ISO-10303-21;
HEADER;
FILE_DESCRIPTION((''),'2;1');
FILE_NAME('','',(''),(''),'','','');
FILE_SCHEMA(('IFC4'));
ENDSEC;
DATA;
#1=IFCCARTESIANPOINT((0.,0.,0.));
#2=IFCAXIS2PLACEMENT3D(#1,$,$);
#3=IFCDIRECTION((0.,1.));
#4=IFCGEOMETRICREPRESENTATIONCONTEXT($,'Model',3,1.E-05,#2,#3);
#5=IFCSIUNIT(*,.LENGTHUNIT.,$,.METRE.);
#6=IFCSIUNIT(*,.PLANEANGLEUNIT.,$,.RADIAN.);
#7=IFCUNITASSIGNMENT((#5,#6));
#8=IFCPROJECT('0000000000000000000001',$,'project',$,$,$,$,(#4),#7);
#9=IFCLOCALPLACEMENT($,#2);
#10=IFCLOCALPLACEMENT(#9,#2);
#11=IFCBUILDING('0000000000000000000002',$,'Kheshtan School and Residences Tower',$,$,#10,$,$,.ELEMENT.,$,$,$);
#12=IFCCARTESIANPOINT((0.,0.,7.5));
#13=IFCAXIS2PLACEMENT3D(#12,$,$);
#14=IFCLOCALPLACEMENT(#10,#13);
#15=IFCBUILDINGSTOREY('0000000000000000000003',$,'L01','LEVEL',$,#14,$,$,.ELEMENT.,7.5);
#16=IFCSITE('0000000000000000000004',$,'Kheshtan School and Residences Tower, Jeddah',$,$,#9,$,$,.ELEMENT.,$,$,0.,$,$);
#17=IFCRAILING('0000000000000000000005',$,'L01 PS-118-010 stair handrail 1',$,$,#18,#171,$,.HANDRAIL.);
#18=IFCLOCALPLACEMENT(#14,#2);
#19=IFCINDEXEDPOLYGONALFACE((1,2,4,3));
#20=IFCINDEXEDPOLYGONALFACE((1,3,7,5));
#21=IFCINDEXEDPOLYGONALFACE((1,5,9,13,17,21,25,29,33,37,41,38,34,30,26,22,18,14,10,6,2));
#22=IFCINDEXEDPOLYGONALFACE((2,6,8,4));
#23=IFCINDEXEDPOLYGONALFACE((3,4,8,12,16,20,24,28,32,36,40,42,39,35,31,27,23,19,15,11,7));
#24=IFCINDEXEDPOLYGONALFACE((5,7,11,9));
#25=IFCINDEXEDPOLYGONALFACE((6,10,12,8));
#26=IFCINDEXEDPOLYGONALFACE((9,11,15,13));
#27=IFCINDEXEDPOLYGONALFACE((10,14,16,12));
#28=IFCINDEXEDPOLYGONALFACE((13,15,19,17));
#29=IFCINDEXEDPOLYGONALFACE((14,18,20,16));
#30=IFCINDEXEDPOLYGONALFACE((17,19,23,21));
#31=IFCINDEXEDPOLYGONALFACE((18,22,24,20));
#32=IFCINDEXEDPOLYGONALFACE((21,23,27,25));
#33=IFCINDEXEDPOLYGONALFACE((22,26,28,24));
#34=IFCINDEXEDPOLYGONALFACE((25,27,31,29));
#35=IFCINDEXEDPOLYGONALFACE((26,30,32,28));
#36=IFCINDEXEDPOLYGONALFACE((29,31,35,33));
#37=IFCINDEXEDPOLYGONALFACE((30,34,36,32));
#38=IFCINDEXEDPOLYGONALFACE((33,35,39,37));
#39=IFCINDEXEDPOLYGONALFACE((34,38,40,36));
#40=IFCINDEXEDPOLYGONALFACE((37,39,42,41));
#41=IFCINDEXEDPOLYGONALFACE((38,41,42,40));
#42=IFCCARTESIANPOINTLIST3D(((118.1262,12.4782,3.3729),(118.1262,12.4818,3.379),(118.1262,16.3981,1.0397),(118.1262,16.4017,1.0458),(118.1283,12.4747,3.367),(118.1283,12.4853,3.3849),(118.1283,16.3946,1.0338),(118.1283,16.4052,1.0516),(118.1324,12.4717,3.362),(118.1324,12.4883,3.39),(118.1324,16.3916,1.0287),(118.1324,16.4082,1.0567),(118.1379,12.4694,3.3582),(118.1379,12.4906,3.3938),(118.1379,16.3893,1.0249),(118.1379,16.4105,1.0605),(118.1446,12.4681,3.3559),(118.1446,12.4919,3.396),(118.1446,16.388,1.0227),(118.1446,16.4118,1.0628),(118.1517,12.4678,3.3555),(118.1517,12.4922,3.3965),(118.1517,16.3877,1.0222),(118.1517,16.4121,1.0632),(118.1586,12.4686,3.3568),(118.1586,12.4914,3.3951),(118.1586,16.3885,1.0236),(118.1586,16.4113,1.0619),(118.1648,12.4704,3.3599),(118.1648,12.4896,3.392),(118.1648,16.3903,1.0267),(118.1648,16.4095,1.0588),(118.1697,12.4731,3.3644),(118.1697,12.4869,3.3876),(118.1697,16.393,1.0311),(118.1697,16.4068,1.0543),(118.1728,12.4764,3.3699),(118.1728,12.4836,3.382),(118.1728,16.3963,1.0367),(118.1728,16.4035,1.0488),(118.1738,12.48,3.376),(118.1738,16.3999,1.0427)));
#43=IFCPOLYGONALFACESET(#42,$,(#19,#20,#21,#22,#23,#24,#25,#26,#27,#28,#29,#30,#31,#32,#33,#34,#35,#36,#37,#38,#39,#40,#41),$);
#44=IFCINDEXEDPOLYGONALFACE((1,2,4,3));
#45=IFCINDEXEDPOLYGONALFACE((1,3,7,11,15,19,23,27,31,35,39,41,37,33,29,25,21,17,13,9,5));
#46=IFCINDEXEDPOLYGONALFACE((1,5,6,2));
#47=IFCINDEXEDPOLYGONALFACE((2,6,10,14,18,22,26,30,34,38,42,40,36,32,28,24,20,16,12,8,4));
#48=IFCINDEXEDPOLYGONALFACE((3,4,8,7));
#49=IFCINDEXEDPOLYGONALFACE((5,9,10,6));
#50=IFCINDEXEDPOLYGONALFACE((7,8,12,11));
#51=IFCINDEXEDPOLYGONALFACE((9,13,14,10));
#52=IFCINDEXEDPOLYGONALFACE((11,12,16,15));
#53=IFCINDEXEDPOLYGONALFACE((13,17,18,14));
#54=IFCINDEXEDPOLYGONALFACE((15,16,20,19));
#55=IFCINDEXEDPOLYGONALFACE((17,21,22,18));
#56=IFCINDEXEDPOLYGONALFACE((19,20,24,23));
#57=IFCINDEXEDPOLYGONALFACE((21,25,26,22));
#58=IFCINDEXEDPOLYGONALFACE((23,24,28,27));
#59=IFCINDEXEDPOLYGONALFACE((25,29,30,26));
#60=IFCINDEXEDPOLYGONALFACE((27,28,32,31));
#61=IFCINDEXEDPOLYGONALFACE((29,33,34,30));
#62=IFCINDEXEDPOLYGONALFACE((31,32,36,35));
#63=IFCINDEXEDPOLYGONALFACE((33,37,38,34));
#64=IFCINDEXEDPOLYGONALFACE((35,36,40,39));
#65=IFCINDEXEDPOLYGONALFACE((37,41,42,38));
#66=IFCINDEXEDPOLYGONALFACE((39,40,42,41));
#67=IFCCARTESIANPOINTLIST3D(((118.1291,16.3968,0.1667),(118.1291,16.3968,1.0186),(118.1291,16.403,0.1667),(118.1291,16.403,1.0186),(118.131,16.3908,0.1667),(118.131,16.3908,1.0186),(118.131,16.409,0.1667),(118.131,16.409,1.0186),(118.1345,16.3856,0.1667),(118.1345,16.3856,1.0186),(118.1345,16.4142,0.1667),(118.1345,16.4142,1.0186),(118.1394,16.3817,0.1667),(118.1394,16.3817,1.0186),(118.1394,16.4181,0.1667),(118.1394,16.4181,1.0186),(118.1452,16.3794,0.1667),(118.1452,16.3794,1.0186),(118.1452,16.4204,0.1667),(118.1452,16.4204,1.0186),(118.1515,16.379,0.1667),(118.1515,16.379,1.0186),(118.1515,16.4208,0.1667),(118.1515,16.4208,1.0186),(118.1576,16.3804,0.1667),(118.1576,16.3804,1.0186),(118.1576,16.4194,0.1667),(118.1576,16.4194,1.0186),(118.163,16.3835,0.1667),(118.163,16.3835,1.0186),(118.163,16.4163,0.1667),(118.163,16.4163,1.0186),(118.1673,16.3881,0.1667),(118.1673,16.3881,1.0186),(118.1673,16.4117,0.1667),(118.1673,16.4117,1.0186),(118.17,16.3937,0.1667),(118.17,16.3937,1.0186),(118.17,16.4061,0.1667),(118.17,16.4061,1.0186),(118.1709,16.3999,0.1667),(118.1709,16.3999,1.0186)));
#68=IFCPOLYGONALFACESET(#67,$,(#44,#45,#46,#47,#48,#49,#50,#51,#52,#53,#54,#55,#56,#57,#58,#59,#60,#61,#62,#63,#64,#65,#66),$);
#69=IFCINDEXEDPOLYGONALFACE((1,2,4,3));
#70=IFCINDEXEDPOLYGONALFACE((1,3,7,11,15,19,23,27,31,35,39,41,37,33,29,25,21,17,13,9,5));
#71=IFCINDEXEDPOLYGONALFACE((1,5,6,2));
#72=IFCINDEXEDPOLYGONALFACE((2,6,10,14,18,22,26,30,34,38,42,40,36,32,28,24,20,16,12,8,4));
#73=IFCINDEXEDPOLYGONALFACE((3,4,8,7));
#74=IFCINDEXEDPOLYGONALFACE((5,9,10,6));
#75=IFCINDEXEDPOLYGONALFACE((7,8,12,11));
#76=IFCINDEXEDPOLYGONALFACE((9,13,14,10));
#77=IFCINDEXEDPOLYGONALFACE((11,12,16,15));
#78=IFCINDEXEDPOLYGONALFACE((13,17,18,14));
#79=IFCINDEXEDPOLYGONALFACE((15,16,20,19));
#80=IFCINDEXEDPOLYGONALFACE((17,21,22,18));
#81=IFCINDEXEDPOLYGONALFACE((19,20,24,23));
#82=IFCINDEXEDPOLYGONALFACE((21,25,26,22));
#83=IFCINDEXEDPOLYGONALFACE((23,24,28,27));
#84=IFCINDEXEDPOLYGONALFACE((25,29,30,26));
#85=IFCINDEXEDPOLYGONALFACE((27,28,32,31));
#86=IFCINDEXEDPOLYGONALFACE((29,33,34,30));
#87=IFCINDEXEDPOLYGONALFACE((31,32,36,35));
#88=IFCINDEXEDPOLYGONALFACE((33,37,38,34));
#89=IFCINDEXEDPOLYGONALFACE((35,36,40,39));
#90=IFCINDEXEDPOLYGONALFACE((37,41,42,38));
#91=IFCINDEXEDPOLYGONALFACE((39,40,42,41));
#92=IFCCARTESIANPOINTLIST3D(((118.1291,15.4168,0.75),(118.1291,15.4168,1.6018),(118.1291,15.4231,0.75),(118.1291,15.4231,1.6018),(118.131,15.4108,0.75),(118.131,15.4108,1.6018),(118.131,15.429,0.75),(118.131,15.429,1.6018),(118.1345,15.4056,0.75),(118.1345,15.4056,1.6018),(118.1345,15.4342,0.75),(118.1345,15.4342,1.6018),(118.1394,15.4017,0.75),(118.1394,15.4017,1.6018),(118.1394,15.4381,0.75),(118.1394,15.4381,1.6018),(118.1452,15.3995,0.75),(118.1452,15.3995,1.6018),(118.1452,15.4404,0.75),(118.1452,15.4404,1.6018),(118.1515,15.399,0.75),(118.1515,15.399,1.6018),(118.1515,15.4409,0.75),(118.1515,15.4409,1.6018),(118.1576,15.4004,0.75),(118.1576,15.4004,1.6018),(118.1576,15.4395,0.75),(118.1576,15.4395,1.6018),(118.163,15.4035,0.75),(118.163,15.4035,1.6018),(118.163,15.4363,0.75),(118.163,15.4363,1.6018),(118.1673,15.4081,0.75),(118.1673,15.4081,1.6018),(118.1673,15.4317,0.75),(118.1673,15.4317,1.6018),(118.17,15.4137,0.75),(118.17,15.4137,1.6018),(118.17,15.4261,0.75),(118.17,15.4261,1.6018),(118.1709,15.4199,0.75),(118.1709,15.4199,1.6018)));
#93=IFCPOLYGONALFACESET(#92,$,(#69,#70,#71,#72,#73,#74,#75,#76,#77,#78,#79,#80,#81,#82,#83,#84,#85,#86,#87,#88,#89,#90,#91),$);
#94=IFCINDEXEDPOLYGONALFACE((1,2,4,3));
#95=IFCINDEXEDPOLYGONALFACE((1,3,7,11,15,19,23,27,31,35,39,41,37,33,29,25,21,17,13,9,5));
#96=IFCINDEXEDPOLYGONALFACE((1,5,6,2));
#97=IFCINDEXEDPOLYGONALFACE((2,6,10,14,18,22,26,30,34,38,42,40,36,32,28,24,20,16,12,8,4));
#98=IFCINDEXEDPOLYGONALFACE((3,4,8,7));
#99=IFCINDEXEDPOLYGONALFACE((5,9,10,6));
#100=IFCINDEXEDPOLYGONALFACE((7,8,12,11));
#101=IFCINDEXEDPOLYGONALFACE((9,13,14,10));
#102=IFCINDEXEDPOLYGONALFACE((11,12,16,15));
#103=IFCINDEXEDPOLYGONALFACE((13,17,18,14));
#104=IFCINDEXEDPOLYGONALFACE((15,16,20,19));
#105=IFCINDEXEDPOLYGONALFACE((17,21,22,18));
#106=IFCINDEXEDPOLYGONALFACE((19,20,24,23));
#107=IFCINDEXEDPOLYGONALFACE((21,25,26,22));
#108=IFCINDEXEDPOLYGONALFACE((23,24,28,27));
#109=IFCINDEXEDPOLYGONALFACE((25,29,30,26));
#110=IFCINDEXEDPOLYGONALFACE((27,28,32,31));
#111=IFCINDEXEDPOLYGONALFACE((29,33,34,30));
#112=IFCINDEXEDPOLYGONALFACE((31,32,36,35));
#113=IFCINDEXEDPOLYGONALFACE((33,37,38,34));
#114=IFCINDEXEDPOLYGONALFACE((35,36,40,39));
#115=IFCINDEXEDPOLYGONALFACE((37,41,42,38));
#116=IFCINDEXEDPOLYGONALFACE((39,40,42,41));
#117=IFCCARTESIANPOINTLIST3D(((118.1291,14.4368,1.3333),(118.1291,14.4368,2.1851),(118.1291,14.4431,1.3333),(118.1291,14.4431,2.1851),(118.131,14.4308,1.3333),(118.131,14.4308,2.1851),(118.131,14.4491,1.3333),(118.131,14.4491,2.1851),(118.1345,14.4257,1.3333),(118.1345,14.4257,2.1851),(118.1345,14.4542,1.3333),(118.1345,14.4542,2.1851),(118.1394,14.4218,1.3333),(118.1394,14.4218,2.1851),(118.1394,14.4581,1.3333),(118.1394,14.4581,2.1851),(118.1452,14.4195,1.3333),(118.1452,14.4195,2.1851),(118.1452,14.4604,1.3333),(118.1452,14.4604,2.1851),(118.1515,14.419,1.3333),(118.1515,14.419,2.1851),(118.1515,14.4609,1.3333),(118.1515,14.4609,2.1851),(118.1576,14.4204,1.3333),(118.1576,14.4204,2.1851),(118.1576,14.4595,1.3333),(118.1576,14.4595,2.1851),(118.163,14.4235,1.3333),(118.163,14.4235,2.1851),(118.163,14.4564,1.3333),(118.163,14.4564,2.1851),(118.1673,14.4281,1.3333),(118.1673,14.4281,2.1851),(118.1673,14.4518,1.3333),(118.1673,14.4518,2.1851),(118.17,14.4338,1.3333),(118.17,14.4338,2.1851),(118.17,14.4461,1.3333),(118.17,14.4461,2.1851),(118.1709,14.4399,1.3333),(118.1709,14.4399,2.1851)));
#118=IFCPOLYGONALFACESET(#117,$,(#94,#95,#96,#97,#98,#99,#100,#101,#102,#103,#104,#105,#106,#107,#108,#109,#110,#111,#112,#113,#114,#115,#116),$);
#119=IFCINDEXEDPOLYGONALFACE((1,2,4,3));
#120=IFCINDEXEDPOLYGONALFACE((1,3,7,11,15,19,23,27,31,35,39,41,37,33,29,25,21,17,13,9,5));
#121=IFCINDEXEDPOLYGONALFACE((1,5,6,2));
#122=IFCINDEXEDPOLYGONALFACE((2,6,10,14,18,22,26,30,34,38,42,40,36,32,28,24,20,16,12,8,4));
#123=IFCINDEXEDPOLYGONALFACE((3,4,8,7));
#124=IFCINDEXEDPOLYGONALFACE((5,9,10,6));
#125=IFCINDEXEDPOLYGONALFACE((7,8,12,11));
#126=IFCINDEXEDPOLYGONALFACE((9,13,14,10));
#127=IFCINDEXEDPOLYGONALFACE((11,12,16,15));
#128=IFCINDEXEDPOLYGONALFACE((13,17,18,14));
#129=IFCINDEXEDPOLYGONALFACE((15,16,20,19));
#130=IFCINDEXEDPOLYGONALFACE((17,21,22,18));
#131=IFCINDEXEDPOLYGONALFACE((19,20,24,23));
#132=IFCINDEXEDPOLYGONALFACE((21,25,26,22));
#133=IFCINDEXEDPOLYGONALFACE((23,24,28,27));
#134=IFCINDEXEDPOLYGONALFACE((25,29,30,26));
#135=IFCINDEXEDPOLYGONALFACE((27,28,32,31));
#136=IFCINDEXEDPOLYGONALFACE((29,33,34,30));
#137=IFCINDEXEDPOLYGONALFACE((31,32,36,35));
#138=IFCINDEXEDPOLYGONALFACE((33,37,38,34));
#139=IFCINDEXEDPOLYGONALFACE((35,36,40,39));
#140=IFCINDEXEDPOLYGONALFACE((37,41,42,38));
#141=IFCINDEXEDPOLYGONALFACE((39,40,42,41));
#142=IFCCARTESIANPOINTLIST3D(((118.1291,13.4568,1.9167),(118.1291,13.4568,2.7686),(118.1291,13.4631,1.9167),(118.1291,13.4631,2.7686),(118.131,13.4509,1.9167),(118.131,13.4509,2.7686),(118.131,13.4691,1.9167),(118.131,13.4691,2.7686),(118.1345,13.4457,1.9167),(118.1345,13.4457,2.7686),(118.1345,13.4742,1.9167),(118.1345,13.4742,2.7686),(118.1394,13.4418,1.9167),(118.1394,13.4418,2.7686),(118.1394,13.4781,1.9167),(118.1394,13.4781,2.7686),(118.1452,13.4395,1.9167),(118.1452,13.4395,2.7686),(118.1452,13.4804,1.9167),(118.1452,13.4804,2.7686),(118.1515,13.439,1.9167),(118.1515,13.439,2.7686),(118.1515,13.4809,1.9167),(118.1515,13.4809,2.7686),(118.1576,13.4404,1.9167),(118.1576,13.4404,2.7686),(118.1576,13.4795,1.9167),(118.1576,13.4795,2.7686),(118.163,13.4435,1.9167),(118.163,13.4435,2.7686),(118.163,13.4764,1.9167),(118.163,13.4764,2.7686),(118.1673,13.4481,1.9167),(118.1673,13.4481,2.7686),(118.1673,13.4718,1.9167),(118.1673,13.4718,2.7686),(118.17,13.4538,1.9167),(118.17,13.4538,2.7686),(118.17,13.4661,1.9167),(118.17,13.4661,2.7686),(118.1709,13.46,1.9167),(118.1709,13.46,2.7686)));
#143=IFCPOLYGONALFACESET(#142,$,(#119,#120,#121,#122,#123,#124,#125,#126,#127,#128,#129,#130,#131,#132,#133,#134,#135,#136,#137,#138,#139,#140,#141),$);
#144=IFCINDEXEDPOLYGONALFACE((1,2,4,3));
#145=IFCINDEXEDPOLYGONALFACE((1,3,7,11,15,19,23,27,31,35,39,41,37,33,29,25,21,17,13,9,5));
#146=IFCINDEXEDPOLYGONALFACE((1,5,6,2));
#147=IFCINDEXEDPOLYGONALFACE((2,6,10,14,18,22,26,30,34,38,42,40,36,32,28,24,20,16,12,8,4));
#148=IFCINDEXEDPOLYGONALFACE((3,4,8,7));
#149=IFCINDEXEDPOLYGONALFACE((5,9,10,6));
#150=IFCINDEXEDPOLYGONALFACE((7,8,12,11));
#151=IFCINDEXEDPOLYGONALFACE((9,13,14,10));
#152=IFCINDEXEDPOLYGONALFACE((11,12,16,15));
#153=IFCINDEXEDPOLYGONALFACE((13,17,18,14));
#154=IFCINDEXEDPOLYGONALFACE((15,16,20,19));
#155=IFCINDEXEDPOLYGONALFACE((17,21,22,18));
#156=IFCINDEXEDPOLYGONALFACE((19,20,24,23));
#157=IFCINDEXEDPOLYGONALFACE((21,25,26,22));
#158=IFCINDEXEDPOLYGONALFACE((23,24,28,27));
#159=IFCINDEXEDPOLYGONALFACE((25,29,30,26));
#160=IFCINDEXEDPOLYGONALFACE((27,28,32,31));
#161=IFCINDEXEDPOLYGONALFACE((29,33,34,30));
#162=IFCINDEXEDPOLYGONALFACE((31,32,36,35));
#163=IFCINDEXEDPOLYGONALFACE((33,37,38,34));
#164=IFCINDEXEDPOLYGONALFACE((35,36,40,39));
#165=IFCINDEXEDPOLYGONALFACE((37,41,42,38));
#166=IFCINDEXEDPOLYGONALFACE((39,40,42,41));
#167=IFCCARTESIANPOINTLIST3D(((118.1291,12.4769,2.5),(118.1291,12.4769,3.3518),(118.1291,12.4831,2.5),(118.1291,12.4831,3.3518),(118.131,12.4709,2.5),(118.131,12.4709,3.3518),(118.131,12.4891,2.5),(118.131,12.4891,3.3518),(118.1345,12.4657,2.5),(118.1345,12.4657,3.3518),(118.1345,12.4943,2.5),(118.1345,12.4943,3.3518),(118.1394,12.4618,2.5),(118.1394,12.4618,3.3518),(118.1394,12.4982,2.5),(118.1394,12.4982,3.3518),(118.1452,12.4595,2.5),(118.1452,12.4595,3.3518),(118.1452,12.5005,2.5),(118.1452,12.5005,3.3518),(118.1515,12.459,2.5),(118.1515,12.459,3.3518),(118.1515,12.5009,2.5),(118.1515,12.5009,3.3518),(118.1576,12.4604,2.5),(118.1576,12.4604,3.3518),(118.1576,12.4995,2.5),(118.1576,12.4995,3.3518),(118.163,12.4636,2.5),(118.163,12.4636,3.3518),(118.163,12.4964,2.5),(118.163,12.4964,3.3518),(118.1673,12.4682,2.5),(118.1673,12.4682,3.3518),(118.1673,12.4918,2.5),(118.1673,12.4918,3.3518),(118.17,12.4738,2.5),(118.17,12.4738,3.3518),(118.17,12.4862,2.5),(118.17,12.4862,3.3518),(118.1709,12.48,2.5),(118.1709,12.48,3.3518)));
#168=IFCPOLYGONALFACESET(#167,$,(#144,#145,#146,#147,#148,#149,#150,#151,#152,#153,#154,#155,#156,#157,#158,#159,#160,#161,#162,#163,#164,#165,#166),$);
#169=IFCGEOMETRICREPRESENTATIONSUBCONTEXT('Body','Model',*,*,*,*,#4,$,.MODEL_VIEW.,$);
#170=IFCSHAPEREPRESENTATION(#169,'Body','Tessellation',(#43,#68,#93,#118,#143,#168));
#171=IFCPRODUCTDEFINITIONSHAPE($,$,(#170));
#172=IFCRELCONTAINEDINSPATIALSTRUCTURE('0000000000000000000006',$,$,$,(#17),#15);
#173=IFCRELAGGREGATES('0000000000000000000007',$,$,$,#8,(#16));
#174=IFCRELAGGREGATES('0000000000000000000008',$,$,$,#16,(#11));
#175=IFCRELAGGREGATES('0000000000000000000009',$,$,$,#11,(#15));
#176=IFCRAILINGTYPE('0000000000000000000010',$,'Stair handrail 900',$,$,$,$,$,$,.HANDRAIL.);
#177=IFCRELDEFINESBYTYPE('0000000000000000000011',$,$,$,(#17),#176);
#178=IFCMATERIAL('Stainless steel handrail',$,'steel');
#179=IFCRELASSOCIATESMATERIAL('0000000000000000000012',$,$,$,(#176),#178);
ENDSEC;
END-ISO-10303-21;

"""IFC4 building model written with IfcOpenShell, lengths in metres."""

from ifc_helpers import new_model, si_unit, direction, frame, origin, origin_2d, place, context, subcontext, project, spatial, circle, extrude, material, type_object, element, save


model = new_model("IFC4")

# Units and contexts
model_context = context("Model", 3, precision=1e-05, world=origin(), true_north=direction((0.0, 1.0)))
body_context = subcontext(model_context, "Body", "Model", "MODEL_VIEW")
ifc_project = project(units=[si_unit("LENGTHUNIT", "METRE"), si_unit("PLANEANGLEUNIT", "RADIAN")], contexts=[model_context])

# Site, building, storey
site_placement = place(None, origin())
site = spatial("IfcSite", under=ifc_project, at=site_placement, Name="Kheshtan School and Residences Tower, Jeddah", CompositionType="ELEMENT", RefElevation=0.0)
building_placement = place(site_placement, origin())
building = spatial("IfcBuilding", under=site, at=building_placement, Name="Kheshtan School and Residences Tower", CompositionType="ELEMENT")
storey_placement = place(building_placement, frame((0.0, 0.0, 7.5)))
storey = spatial("IfcBuildingStorey", under=building, at=storey_placement, Name="L01", Description="LEVEL", CompositionType="ELEMENT", Elevation=7.5)

# Railing
ifc_material_1 = material(Name="Stainless steel handrail", Category="steel")
railing_type_1 = type_object("IfcRailingType", Name="Stair handrail 900", PredefinedType="HANDRAIL", material=ifc_material_1)
railing_1_placement = place(storey_placement, frame((118.1499, 16.3999, 0.1667)))
element("IfcRailing", 1, at=railing_1_placement, inside=storey, type_object=railing_type_1, Name="L01 PS-118-010 stair handrail 1", PredefinedType="HANDRAIL", context=body_context, shape_type="SweptSolid", body=[
    extrude(circle(Radius=0.0239, at=origin_2d()), frame((0.0, 0.0, 0.876), z_axis=(0.0, -0.859296, 0.511478), x_axis=(1.0, 0.0, 0.0)), (0.0, 0.0, 1.0), 4.5618),
    extrude(circle(Radius=0.021, at=origin_2d()), origin(), (0.0, 0.0, 1.0), 0.8518),
    extrude(circle(Radius=0.021, at=origin_2d()), frame((0.0, -0.98, 0.5833)), (0.0, 0.0, 1.0), 0.8518),
    extrude(circle(Radius=0.021, at=origin_2d()), frame((0.0, -1.96, 1.1665)), (0.0, 0.0, 1.0), 0.8518),
    extrude(circle(Radius=0.021, at=origin_2d()), frame((0.0, -2.9399, 1.75)), (0.0, 0.0, 1.0), 0.8518),
    extrude(circle(Radius=0.021, at=origin_2d()), frame((0.0, -3.9199, 2.3333)), (0.0, 0.0, 1.0), 0.8518),
])

save(model, "model.ifc")
